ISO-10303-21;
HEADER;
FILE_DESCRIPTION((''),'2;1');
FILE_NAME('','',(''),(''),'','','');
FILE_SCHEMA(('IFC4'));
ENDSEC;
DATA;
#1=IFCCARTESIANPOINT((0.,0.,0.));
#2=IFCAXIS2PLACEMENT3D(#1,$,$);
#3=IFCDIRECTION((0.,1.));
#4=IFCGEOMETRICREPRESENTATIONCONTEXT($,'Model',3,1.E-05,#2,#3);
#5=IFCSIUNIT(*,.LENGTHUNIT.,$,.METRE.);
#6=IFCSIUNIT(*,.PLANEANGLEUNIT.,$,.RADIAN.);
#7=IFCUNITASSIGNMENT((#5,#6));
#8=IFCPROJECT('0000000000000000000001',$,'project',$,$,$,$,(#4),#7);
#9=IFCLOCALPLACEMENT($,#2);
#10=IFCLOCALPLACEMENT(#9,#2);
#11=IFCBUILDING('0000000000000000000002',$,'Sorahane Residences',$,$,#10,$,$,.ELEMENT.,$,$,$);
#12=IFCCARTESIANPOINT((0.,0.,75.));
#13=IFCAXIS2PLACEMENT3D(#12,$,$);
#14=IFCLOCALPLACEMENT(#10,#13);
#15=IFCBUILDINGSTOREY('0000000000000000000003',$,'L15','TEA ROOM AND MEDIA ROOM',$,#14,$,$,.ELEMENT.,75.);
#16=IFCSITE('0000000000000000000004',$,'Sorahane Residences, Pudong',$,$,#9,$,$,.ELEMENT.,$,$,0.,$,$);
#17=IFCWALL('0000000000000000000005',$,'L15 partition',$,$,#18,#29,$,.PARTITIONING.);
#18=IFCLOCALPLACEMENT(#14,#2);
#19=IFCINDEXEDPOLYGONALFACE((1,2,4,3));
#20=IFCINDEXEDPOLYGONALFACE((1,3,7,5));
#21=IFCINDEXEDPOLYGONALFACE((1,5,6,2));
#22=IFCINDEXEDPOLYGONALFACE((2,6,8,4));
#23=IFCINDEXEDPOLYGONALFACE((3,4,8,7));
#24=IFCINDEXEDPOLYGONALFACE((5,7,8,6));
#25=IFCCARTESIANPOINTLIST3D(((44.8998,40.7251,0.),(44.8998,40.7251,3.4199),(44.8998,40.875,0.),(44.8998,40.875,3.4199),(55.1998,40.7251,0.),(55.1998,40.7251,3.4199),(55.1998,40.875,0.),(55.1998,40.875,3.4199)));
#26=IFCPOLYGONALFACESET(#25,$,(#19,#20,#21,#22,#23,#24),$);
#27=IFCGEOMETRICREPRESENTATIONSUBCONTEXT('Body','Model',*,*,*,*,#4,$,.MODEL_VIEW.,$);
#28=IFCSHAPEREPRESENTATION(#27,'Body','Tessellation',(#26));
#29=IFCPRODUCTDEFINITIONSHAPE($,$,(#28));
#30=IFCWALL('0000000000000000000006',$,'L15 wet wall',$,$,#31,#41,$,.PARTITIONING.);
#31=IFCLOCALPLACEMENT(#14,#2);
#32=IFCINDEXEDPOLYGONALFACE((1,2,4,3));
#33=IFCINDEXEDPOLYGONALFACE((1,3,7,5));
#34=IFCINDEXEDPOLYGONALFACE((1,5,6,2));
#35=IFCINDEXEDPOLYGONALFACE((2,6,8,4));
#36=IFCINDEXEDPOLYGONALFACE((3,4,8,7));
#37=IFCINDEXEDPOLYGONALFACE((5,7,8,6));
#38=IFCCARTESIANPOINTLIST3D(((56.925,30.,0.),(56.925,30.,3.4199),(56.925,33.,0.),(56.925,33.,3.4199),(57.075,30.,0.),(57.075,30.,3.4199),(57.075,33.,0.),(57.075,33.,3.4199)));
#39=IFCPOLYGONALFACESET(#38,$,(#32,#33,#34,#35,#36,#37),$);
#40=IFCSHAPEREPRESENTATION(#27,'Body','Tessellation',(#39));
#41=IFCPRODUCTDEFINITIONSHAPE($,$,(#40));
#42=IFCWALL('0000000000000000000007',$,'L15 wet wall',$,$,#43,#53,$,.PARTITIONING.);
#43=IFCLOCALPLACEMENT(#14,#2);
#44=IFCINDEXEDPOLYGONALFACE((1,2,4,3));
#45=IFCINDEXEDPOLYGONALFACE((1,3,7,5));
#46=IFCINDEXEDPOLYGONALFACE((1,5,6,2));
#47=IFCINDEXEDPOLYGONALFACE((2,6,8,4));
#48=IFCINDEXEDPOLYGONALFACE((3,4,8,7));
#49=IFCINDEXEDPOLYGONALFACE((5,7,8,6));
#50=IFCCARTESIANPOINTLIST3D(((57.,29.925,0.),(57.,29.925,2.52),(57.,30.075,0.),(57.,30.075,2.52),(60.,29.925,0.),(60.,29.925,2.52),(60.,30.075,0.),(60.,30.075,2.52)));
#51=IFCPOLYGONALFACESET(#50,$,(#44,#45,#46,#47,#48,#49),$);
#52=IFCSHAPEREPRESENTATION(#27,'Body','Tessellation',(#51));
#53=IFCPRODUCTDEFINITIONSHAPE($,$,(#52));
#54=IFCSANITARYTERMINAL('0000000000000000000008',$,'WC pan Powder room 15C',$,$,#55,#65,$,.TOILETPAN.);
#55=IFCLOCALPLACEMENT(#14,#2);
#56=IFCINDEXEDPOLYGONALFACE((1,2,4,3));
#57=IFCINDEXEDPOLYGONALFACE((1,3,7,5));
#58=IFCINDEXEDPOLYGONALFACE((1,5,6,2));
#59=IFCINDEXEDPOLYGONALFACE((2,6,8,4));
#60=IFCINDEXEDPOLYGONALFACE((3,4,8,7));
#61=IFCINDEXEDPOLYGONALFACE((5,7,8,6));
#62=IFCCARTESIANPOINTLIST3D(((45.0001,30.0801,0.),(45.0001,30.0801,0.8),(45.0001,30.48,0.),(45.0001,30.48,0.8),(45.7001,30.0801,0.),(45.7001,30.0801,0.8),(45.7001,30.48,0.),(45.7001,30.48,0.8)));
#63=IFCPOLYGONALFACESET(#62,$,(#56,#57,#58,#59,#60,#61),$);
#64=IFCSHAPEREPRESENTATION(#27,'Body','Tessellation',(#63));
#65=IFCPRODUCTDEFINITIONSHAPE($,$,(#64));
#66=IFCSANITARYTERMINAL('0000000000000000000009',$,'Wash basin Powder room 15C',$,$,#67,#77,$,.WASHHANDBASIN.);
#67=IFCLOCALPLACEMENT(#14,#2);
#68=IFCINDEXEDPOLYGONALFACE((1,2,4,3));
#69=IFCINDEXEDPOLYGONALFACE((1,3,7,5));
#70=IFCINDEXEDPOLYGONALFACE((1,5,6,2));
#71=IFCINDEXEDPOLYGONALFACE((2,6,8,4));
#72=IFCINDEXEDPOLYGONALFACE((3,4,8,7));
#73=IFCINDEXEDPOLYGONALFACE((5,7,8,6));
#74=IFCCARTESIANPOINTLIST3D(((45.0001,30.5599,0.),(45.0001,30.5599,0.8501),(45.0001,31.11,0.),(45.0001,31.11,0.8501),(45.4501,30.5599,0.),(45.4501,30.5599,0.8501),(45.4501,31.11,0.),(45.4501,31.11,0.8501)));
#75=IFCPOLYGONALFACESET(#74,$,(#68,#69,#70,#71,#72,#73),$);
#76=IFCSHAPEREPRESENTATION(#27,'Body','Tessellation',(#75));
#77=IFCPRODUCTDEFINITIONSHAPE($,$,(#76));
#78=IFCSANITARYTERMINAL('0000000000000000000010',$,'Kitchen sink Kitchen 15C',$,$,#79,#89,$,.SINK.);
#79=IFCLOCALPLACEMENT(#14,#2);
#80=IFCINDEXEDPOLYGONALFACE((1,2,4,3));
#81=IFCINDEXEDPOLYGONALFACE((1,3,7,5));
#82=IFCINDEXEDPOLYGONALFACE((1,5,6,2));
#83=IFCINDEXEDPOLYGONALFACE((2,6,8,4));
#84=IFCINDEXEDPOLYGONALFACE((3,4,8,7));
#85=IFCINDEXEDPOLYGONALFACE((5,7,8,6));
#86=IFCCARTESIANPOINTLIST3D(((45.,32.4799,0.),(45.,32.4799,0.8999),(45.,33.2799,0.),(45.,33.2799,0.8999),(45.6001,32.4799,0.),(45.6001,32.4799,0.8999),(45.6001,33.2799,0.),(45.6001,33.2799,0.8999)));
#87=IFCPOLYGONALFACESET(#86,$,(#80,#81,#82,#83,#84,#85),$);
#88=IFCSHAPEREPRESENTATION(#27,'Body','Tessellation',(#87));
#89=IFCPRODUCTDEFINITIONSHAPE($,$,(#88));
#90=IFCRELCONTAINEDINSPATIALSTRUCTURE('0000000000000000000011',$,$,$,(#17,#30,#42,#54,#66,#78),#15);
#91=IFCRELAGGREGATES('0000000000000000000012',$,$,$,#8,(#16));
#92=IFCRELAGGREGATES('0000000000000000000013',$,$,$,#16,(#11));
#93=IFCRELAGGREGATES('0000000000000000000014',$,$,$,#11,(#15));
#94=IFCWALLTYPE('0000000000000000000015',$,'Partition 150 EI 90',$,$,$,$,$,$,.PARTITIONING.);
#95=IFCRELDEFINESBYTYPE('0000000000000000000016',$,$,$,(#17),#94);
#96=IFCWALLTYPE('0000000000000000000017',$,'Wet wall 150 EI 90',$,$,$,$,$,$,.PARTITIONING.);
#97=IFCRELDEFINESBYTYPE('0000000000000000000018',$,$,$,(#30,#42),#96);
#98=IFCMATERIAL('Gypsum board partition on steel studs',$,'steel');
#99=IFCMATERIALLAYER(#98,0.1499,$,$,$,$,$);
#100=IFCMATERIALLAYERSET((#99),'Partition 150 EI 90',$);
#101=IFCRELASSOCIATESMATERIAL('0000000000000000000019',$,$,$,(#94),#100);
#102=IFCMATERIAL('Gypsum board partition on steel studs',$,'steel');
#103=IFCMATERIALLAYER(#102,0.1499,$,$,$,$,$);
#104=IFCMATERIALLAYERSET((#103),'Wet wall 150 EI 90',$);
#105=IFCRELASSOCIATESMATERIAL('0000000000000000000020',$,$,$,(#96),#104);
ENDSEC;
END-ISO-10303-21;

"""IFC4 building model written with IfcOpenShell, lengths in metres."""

from ifc_helpers import new_model, si_unit, direction, frame, frame_2d, origin, origin_2d, place, context, subcontext, project, spatial, rectangle, extrude, material, layer, layer_set, type_object, element, save


model = new_model("IFC4")

# Units and contexts
model_context = context("Model", 3, precision=1e-05, world=origin(), true_north=direction((0.0, 1.0)))
body_context = subcontext(model_context, "Body", "Model", "MODEL_VIEW")
ifc_project = project(units=[si_unit("LENGTHUNIT", "METRE"), si_unit("PLANEANGLEUNIT", "RADIAN")], contexts=[model_context])

# Site, building, storey
site_placement = place(None, origin())
site = spatial("IfcSite", under=ifc_project, at=site_placement, Name="Sorahane Residences, Pudong", CompositionType="ELEMENT", RefElevation=0.0)
building_placement = place(site_placement, origin())
building = spatial("IfcBuilding", under=site, at=building_placement, Name="Sorahane Residences", CompositionType="ELEMENT")
storey_placement = place(building_placement, frame((0.0, 0.0, 75.0)))
storey = spatial("IfcBuildingStorey", under=building, at=storey_placement, Name="L15", Description="TEA ROOM AND MEDIA ROOM", CompositionType="ELEMENT", Elevation=75.0)

# Shared definitions
ifc_material_1 = material(Name="Gypsum board partition on steel studs", Category="steel")
ifc_layer_1 = layer(ifc_material_1, 0.1499)
ifc_layer_set_1 = layer_set([ifc_layer_1], Name="Partition 150 EI 90")
wall_type_1 = type_object("IfcWallType", Name="Partition 150 EI 90", PredefinedType="PARTITIONING", material=ifc_layer_set_1)

# Wall
wall_1_placement = place(storey_placement, frame((44.8999, 40.8, 0.0), z_axis=(0.0, 0.0, 1.0), x_axis=(1.0, 0.0, 0.0)))
element("IfcWall", 1, at=wall_1_placement, inside=storey, type_object=wall_type_1, Name="L15 partition", PredefinedType="PARTITIONING", context=body_context, shape_type="SweptSolid", body=[
    extrude(rectangle(XDim=10.3, YDim=0.1499, at=frame_2d((5.1499, 0.0))), origin(), (0.0, 0.0, 1.0), 3.4199),
])

# Shared definitions
ifc_material_2 = material(Name="Gypsum board partition on steel studs", Category="steel")
ifc_layer_2 = layer(ifc_material_2, 0.1499)
ifc_layer_set_2 = layer_set([ifc_layer_2], Name="Wet wall 150 EI 90")
wall_type_2 = type_object("IfcWallType", Name="Wet wall 150 EI 90", PredefinedType="PARTITIONING", material=ifc_layer_set_2)

# Walls
wall_2_placement = place(storey_placement, frame((57.0, 30.0, 0.0), z_axis=(0.0, 0.0, 1.0), x_axis=(0.0, 1.0, 0.0)))
element("IfcWall", 2, at=wall_2_placement, inside=storey, type_object=wall_type_2, Name="L15 wet wall", PredefinedType="PARTITIONING", context=body_context, shape_type="SweptSolid", body=[
    extrude(rectangle(XDim=3.0, YDim=0.1499, at=frame_2d((1.5, 0.0))), origin(), (0.0, 0.0, 1.0), 3.4199),
])
wall_3_placement = place(storey_placement, frame((57.0, 30.0, 0.0), z_axis=(0.0, 0.0, 1.0), x_axis=(1.0, 0.0, 0.0)))
element("IfcWall", 3, at=wall_3_placement, inside=storey, type_object=wall_type_2, Name="L15 wet wall", PredefinedType="PARTITIONING", context=body_context, shape_type="SweptSolid", body=[
    extrude(rectangle(XDim=3.0, YDim=0.1499, at=frame_2d((1.5, 0.0))), origin(), (0.0, 0.0, 1.0), 2.52),
])

# Sanitary terminals
sanitary_terminal_1_placement = place(storey_placement, frame((45.3501, 30.28, 0.0), z_axis=(0.0, 0.0, 1.0), x_axis=(0.0, 1.0, 0.0)))
element("IfcSanitaryTerminal", 4, at=sanitary_terminal_1_placement, inside=storey, Name="WC pan Powder room 15C", PredefinedType="TOILETPAN", context=body_context, shape_type="SweptSolid", body=[
    extrude(rectangle(XDim=0.3999, YDim=0.7, at=origin_2d()), origin(), (0.0, 0.0, 1.0), 0.8),
])
sanitary_terminal_2_placement = place(storey_placement, frame((45.2251, 30.835, 0.0), z_axis=(0.0, 0.0, 1.0), x_axis=(0.0, 1.0, 0.0)))
element("IfcSanitaryTerminal", 5, at=sanitary_terminal_2_placement, inside=storey, Name="Wash basin Powder room 15C", PredefinedType="WASHHANDBASIN", context=body_context, shape_type="SweptSolid", body=[
    extrude(rectangle(XDim=0.55, YDim=0.45, at=origin_2d()), origin(), (0.0, 0.0, 1.0), 0.8501),
])
sanitary_terminal_3_placement = place(storey_placement, frame((45.3, 32.8799, 0.0), z_axis=(0.0, 0.0, 1.0), x_axis=(0.0, 1.0, 0.0)))
element("IfcSanitaryTerminal", 6, at=sanitary_terminal_3_placement, inside=storey, Name="Kitchen sink Kitchen 15C", PredefinedType="SINK", context=body_context, shape_type="SweptSolid", body=[
    extrude(rectangle(XDim=0.8, YDim=0.6001, at=origin_2d()), origin(), (0.0, 0.0, 1.0), 0.8999),
])

save(model, "model.ifc")
